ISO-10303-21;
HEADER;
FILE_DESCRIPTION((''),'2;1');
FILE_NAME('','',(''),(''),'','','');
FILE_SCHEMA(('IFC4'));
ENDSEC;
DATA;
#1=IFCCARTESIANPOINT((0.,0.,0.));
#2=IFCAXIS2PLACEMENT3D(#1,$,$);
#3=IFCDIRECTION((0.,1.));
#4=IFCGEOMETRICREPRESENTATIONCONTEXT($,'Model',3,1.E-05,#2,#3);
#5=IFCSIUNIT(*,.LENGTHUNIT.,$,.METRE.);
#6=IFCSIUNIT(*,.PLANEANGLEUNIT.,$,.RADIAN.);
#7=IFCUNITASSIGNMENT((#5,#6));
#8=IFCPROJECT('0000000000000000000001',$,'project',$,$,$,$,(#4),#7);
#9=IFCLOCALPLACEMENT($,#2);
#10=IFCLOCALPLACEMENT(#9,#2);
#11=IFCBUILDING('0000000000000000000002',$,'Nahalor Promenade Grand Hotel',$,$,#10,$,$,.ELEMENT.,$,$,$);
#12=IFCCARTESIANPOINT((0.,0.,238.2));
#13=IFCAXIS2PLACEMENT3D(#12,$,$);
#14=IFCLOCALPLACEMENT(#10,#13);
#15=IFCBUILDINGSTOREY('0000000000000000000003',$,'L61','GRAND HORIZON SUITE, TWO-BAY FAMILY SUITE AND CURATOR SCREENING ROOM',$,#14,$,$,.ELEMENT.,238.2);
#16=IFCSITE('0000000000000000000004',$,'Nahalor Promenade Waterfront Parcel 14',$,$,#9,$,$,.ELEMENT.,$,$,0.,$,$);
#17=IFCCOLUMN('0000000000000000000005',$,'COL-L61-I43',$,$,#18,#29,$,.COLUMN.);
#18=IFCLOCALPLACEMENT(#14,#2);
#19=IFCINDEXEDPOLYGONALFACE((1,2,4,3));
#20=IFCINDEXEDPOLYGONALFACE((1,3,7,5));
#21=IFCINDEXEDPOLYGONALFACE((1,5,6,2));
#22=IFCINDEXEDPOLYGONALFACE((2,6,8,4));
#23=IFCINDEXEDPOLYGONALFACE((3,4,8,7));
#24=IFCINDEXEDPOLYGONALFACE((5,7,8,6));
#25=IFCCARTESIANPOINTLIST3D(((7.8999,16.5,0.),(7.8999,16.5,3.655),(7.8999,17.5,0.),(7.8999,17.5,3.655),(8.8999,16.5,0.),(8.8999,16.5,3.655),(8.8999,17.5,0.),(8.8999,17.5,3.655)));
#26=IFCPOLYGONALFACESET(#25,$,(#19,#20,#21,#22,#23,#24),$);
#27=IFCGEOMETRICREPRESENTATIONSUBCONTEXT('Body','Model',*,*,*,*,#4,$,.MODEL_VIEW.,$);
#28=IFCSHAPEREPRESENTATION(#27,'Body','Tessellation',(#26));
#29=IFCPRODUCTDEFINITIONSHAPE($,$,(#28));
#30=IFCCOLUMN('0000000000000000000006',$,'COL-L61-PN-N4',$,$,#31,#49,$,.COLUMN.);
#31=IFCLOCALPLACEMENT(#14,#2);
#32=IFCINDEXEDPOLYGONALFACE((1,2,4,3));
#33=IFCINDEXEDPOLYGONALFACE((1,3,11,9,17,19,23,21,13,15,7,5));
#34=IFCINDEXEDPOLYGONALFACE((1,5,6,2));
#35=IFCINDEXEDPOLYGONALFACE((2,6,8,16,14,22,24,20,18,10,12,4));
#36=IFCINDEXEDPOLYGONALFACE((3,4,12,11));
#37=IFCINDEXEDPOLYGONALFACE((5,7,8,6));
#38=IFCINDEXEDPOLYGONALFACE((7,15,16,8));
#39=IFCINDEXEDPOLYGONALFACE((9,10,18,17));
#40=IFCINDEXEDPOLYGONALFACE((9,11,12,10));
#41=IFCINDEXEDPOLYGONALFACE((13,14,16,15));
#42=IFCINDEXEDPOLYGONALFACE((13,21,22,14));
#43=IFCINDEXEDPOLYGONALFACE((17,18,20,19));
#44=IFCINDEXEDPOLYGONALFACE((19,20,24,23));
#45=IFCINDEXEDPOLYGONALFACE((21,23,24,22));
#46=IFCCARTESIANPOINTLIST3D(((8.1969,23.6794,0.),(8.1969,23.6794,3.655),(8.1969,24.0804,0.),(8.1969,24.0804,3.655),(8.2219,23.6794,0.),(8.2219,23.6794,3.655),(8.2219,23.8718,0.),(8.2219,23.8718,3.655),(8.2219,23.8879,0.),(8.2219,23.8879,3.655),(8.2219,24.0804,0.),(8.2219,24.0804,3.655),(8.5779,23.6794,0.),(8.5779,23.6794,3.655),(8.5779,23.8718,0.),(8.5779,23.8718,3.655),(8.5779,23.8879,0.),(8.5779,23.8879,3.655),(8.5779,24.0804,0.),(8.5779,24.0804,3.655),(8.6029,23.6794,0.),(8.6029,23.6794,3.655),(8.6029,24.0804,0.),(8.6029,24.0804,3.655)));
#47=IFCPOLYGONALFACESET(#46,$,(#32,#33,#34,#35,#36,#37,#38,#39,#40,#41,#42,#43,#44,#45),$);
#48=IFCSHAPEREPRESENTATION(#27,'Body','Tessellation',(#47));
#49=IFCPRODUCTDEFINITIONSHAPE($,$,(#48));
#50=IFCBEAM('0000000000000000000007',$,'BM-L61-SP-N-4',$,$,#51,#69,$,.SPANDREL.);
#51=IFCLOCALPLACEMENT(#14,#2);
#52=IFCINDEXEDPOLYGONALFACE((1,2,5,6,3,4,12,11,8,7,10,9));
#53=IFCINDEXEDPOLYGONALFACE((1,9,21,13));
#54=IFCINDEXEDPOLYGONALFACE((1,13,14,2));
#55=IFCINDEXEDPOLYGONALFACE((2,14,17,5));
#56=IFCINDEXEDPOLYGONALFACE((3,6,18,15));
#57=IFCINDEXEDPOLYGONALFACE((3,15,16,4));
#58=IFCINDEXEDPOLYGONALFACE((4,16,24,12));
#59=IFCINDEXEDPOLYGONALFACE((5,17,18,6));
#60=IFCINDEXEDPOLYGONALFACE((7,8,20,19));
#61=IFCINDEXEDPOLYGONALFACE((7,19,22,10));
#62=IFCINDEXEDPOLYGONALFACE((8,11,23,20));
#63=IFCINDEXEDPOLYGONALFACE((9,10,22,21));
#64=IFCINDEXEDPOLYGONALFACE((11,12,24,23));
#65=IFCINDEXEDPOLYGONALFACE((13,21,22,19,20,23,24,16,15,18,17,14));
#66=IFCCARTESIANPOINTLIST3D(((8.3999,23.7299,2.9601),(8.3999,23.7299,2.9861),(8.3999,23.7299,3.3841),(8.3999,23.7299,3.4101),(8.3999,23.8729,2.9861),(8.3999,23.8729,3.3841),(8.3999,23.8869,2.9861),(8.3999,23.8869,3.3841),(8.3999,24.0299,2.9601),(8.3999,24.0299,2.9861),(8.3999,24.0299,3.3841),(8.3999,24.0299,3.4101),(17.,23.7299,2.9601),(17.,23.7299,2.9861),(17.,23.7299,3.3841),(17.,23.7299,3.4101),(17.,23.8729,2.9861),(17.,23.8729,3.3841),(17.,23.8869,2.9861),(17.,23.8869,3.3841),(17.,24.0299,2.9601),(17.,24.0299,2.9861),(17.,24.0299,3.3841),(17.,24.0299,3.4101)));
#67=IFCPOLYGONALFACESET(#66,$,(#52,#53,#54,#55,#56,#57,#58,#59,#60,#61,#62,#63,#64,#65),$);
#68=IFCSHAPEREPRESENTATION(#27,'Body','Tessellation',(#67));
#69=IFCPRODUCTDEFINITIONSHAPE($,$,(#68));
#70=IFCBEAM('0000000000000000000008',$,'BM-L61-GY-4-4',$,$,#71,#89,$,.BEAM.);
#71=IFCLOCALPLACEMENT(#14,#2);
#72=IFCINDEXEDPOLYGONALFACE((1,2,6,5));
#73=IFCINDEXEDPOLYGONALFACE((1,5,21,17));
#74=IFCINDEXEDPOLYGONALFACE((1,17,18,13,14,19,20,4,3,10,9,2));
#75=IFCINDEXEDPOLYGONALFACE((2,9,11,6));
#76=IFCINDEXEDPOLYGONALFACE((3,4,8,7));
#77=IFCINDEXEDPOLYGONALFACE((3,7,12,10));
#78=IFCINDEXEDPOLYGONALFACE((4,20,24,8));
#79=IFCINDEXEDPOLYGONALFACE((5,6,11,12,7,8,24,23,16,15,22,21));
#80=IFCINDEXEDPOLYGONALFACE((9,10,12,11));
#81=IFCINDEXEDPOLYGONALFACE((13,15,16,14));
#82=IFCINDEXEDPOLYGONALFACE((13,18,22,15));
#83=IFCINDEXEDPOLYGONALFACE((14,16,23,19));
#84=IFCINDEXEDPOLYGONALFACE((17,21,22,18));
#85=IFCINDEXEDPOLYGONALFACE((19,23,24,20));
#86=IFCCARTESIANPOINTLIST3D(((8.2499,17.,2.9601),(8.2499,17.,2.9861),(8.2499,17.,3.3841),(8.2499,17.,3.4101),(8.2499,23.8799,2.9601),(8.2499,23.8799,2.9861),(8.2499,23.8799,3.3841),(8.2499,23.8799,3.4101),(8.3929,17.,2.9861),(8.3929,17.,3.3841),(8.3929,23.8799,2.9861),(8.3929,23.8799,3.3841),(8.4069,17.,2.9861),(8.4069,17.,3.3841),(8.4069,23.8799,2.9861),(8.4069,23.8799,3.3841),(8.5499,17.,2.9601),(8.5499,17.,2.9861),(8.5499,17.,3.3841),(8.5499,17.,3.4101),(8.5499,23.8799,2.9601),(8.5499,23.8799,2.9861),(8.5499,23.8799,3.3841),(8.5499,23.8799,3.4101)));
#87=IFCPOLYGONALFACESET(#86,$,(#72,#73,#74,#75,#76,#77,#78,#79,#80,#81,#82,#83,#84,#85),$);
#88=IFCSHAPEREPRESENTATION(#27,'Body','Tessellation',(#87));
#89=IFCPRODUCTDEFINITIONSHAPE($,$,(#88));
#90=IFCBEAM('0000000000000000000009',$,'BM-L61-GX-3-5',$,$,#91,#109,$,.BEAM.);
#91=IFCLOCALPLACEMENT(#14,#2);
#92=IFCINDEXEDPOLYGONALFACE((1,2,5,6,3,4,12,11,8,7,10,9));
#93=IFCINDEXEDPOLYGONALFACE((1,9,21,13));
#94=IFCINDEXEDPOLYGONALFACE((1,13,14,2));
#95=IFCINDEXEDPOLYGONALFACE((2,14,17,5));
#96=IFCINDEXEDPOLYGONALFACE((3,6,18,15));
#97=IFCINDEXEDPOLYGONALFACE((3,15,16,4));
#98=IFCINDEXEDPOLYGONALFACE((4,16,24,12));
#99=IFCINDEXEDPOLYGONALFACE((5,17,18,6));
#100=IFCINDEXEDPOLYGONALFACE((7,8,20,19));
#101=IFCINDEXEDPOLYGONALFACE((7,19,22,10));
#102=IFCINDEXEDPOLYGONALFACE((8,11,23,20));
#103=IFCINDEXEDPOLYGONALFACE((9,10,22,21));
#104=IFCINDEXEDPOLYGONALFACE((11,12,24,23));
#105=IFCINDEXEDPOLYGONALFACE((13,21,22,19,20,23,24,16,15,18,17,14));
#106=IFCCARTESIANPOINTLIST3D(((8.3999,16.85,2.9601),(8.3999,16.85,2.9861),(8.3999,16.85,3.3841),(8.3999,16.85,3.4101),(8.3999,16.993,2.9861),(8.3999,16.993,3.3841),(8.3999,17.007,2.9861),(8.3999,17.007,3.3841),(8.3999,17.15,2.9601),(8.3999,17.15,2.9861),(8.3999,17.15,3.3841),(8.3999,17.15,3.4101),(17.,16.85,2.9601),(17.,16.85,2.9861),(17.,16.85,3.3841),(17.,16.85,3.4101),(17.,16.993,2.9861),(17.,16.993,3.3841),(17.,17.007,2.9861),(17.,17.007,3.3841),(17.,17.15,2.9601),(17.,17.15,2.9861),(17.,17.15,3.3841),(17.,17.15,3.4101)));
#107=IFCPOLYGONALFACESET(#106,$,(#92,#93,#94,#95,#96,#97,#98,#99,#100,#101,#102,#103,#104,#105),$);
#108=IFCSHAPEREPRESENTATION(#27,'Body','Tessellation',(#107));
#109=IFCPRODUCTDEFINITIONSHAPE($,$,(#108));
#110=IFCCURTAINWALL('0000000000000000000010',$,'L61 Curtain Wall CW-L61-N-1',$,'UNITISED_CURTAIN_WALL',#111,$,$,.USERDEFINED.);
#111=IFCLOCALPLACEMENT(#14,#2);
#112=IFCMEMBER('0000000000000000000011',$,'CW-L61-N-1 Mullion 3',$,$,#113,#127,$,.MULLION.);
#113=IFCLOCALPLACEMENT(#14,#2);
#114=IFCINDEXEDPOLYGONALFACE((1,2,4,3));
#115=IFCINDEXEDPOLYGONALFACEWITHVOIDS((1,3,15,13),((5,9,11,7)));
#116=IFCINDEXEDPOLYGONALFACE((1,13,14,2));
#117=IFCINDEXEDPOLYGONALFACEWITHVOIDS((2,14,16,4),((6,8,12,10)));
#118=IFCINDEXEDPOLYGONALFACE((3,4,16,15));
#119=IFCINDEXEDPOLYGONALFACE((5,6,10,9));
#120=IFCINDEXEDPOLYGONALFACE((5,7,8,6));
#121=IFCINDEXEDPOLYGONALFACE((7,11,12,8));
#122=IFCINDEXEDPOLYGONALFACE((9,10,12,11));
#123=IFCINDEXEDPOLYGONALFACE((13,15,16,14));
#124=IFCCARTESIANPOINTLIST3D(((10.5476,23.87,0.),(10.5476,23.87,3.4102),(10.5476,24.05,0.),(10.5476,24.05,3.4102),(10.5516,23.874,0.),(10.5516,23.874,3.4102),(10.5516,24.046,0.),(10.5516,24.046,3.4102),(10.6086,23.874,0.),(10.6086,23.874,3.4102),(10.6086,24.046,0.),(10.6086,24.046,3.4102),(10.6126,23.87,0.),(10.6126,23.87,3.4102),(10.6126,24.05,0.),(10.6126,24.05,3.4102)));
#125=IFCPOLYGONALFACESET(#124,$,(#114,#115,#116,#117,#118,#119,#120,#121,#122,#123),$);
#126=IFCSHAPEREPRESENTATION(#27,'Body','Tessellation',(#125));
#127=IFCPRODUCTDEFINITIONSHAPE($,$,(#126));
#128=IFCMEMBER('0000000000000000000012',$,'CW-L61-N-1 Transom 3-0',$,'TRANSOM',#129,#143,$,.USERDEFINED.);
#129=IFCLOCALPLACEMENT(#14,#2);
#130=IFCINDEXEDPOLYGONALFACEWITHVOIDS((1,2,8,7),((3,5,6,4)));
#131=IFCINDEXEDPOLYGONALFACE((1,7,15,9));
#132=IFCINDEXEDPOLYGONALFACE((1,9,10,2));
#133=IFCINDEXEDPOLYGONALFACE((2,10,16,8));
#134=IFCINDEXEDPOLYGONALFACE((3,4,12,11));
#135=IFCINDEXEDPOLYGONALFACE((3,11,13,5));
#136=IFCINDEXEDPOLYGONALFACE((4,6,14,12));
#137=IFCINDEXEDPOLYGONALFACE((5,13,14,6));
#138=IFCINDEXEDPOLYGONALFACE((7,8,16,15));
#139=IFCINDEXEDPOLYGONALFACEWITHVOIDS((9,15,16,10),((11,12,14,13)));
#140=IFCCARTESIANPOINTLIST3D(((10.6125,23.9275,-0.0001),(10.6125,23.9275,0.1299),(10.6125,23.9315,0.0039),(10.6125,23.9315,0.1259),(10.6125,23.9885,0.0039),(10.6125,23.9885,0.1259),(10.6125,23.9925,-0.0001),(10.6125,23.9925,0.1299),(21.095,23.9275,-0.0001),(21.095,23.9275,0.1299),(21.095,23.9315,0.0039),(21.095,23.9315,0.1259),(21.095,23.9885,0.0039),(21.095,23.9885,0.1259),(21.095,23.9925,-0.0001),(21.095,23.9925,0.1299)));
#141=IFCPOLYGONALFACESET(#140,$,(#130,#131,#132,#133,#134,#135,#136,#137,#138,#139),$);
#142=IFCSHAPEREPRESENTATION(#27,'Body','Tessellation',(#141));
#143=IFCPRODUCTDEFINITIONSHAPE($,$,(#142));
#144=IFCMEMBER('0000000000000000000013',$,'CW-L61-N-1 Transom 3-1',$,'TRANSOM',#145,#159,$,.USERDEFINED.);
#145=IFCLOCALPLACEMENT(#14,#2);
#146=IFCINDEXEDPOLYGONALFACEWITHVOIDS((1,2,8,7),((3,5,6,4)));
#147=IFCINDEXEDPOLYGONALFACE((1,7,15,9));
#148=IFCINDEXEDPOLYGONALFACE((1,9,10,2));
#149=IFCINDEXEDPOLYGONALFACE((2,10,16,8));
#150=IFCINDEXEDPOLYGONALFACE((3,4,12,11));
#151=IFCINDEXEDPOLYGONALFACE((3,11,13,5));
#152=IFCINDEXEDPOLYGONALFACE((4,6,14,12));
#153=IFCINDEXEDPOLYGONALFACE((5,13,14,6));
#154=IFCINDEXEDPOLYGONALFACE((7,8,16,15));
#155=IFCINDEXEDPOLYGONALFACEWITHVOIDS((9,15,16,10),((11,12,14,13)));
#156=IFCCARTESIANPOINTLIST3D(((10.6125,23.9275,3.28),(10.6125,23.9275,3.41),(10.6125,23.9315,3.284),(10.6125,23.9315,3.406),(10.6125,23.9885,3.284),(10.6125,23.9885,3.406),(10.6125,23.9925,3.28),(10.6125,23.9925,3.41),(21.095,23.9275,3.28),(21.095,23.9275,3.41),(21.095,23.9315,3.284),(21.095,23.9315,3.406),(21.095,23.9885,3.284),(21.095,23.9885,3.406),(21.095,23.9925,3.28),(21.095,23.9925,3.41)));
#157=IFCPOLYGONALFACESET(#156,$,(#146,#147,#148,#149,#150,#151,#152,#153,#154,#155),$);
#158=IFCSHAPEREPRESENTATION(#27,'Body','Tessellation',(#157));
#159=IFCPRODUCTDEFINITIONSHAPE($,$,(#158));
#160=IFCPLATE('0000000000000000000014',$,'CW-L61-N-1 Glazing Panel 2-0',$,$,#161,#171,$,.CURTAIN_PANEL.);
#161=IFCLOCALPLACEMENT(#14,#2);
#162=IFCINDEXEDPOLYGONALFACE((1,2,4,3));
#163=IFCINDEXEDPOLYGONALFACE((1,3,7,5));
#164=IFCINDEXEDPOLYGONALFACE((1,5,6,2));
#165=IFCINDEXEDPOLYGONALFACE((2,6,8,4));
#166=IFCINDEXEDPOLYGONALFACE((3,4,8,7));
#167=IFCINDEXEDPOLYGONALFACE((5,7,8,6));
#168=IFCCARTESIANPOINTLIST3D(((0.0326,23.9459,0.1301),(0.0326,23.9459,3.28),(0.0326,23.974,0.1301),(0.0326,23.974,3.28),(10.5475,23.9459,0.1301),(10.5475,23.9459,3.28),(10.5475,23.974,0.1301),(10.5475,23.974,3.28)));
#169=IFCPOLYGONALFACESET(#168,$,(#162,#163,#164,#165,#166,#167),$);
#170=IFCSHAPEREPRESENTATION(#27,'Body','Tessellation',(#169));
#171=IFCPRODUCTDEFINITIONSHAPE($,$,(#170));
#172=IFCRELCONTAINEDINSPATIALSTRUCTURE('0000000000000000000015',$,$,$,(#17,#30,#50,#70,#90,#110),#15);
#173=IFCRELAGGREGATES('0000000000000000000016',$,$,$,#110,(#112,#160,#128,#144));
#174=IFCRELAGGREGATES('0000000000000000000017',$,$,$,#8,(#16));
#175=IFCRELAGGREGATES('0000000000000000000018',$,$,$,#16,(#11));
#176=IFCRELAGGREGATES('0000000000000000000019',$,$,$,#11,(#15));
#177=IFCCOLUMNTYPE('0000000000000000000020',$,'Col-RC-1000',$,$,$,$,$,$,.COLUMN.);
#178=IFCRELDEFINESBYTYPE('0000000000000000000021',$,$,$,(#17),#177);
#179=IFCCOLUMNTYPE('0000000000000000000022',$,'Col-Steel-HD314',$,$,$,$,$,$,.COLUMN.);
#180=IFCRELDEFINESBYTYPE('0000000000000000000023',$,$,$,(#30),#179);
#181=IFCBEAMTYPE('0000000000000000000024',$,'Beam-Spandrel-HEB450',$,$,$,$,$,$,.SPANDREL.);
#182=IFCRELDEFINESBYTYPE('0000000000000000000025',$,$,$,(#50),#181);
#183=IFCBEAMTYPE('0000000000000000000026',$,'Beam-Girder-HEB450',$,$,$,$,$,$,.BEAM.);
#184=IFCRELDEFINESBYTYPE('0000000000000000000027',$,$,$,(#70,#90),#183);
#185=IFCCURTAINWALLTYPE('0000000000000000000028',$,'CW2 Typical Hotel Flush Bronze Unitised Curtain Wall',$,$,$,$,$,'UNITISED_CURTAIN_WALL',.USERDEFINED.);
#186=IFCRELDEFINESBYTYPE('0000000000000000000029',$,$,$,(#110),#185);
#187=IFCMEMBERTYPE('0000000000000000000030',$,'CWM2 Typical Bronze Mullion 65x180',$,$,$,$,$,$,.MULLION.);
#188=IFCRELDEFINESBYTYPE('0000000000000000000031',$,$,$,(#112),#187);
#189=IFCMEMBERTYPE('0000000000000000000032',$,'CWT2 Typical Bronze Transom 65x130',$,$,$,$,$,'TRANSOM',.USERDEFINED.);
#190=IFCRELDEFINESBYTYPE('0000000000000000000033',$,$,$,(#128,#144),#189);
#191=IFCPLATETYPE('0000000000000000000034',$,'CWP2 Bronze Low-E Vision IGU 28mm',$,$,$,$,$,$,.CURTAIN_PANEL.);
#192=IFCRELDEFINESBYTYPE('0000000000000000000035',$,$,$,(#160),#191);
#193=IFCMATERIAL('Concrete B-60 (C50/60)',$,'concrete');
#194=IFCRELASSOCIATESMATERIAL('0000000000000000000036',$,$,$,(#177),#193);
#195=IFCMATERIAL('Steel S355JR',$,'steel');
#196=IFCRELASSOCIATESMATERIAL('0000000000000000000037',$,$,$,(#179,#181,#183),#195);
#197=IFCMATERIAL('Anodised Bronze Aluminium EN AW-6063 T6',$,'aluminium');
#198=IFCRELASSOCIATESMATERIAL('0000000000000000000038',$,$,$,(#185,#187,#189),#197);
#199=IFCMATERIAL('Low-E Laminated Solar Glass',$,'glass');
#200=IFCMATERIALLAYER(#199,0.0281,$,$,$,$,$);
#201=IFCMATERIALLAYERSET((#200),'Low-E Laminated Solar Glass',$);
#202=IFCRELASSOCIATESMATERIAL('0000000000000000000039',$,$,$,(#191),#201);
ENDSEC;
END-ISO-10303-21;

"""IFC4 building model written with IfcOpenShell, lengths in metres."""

from ifc_helpers import new_model, si_unit, direction, frame, origin, origin_2d, place, context, subcontext, project, spatial, rectangle, hollow_rectangle, i_section, extrude, source, transform, mapped, material, layer, layer_set, material_profile, profile_set, type_object, element, aggregate, save


model = new_model("IFC4")

# Units and contexts
model_context = context("Model", 3, precision=1e-05, world=origin(), true_north=direction((0.0, 1.0)))
body_context = subcontext(model_context, "Body", "Model", "MODEL_VIEW")
ifc_project = project(units=[si_unit("LENGTHUNIT", "METRE"), si_unit("PLANEANGLEUNIT", "RADIAN")], contexts=[model_context])

# Site, building, storey
site_placement = place(None, origin())
site = spatial("IfcSite", under=ifc_project, at=site_placement, Name="Nahalor Promenade Waterfront Parcel 14", CompositionType="ELEMENT", RefElevation=0.0)
building_placement = place(site_placement, origin())
building = spatial("IfcBuilding", under=site, at=building_placement, Name="Nahalor Promenade Grand Hotel", CompositionType="ELEMENT")
storey_placement = place(building_placement, frame((0.0, 0.0, 238.2)))
storey = spatial("IfcBuildingStorey", under=building, at=storey_placement, Name="L61", Description="GRAND HORIZON SUITE, TWO-BAY FAMILY SUITE AND CURATOR SCREENING ROOM", CompositionType="ELEMENT", Elevation=238.2)

# Columns
ifc_material_1 = material(Name="Concrete B-60 (C50/60)", Category="concrete")
ifc_material_profile_1 = material_profile(ifc_material_1, rectangle(XDim=1.0, YDim=1.0, at=origin_2d()), Name="RC 1000x1000")
ifc_profile_set_1 = profile_set([ifc_material_profile_1], Name="Concrete B-60 (C50/60)")
column_type_1 = type_object("IfcColumnType", Name="Col-RC-1000", PredefinedType="COLUMN", material=ifc_profile_set_1)
shared_shape_1 = source(origin(), body_context, "Body", "SweptSolid", [
    extrude(rectangle(XDim=1.0, YDim=1.0, at=origin_2d()), origin(), (0.0, 0.0, 1.0), 3.655),
])
column_1_placement = place(storey_placement, frame((8.3999, 17.0, 0.0), z_axis=(0.0, 0.0, 1.0), x_axis=(1.0, 0.0, 0.0)))
element("IfcColumn", 1, at=column_1_placement, inside=storey, type_object=column_type_1, Name="COL-L61-I43", PredefinedType="COLUMN", context=body_context, shape_type="MappedRepresentation", body=[
    mapped(shared_shape_1, transform((0.0, 0.0, 0.0), scale=1.0)),
])
ifc_material_2 = material(Name="Steel S355JR", Category="steel")
ifc_material_profile_2 = material_profile(ifc_material_2, i_section(OverallWidth=0.401, OverallDepth=0.406, WebThickness=0.0161, FlangeThickness=0.025, at=origin_2d()), Name="HD 400x314")
ifc_profile_set_2 = profile_set([ifc_material_profile_2], Name="Steel S355JR")
column_type_2 = type_object("IfcColumnType", Name="Col-Steel-HD314", PredefinedType="COLUMN", material=ifc_profile_set_2)
shared_shape_2 = source(origin(), body_context, "Body", "SweptSolid", [
    extrude(i_section(OverallWidth=0.401, OverallDepth=0.406, WebThickness=0.0161, FlangeThickness=0.025, at=origin_2d()), origin(), (0.0, 0.0, 1.0), 3.655),
])
column_2_placement = place(storey_placement, frame((8.3999, 23.8799, 0.0), z_axis=(0.0, 0.0, 1.0), x_axis=(0.0, 1.0, 0.0)))
element("IfcColumn", 2, at=column_2_placement, inside=storey, type_object=column_type_2, Name="COL-L61-PN-N4", PredefinedType="COLUMN", context=body_context, shape_type="MappedRepresentation", body=[
    mapped(shared_shape_2, transform((0.0, 0.0, 0.0), scale=1.0)),
])

# Beams
ifc_material_profile_3 = material_profile(ifc_material_2, i_section(OverallWidth=0.3, OverallDepth=0.45, WebThickness=0.014, FlangeThickness=0.026, at=origin_2d()), Name="HEB 450")
ifc_profile_set_3 = profile_set([ifc_material_profile_3], Name="Steel S355JR")
beam_type_1 = type_object("IfcBeamType", Name="Beam-Spandrel-HEB450", PredefinedType="SPANDREL", material=ifc_profile_set_3)
shared_shape_3 = source(origin(), body_context, "Body", "SweptSolid", [
    extrude(i_section(OverallWidth=0.3, OverallDepth=0.45, WebThickness=0.014, FlangeThickness=0.026, at=origin_2d()), origin(), (0.0, 0.0, 1.0), 8.6001),
])
beam_1_placement = place(storey_placement, frame((8.3999, 23.8799, 3.1851), z_axis=(1.0, 0.0, 0.0), x_axis=(0.0, 1.0, 0.0)))
element("IfcBeam", 3, at=beam_1_placement, inside=storey, type_object=beam_type_1, Name="BM-L61-SP-N-4", PredefinedType="SPANDREL", context=body_context, shape_type="MappedRepresentation", body=[
    mapped(shared_shape_3, transform((0.0, 0.0, 0.0), scale=1.0)),
])
ifc_material_profile_4 = material_profile(ifc_material_2, i_section(OverallWidth=0.3, OverallDepth=0.45, WebThickness=0.014, FlangeThickness=0.026, at=origin_2d()), Name="HEB 450")
ifc_profile_set_4 = profile_set([ifc_material_profile_4], Name="Steel S355JR")
beam_type_2 = type_object("IfcBeamType", Name="Beam-Girder-HEB450", PredefinedType="BEAM", material=ifc_profile_set_4)
shared_shape_4 = source(origin(), body_context, "Body", "SweptSolid", [
    extrude(i_section(OverallWidth=0.3, OverallDepth=0.45, WebThickness=0.014, FlangeThickness=0.026, at=origin_2d()), origin(), (0.0, 0.0, 1.0), 6.8799),
])
beam_2_placement = place(storey_placement, frame((8.3999, 17.0, 3.1851), z_axis=(0.0, 1.0, 0.0), x_axis=(-1.0, 0.0, 0.0)))
element("IfcBeam", 4, at=beam_2_placement, inside=storey, type_object=beam_type_2, Name="BM-L61-GY-4-4", PredefinedType="BEAM", context=body_context, shape_type="MappedRepresentation", body=[
    mapped(shared_shape_4, transform((0.0, 0.0, 0.0), scale=1.0)),
])
shared_shape_5 = source(origin(), body_context, "Body", "SweptSolid", [
    extrude(i_section(OverallWidth=0.3, OverallDepth=0.45, WebThickness=0.014, FlangeThickness=0.026, at=origin_2d()), origin(), (0.0, 0.0, 1.0), 8.6001),
])
beam_3_placement = place(storey_placement, frame((8.3999, 17.0, 3.1851), z_axis=(1.0, 0.0, 0.0), x_axis=(0.0, 1.0, 0.0)))
element("IfcBeam", 5, at=beam_3_placement, inside=storey, type_object=beam_type_2, Name="BM-L61-GX-3-5", PredefinedType="BEAM", context=body_context, shape_type="MappedRepresentation", body=[
    mapped(shared_shape_5, transform((0.0, 0.0, 0.0), scale=1.0)),
])

# Curtain wall, members, plate
ifc_material_3 = material(Name="Anodised Bronze Aluminium EN AW-6063 T6", Category="aluminium")
curtain_wall_type = type_object("IfcCurtainWallType", Name="CW2 Typical Hotel Flush Bronze Unitised Curtain Wall", ElementType="UNITISED_CURTAIN_WALL", PredefinedType="USERDEFINED", material=ifc_material_3)
curtain_wall_placement = place(storey_placement, origin())
curtain_wall = element("IfcCurtainWall", 6, at=curtain_wall_placement, inside=storey, type_object=curtain_wall_type, Name="L61 Curtain Wall CW-L61-N-1", ObjectType="UNITISED_CURTAIN_WALL", PredefinedType="USERDEFINED")
ifc_material_profile_5 = material_profile(ifc_material_3, hollow_rectangle(XDim=0.065, YDim=0.18, WallThickness=0.004, at=origin_2d()), Name="CWM 65x180x4")
ifc_profile_set_5 = profile_set([ifc_material_profile_5], Name="Anodised Bronze Aluminium EN AW-6063 T6")
member_type_1 = type_object("IfcMemberType", Name="CWM2 Typical Bronze Mullion 65x180", PredefinedType="MULLION", material=ifc_profile_set_5)
shared_shape_6 = source(origin(), body_context, "Body", "SweptSolid", [
    extrude(hollow_rectangle(XDim=0.065, YDim=0.18, WallThickness=0.004, at=origin_2d()), origin(), (0.0, 0.0, 1.0), 3.4102),
])
member_1_placement = place(storey_placement, frame((10.5801, 23.96, 0.0), z_axis=(0.0, 0.0, 1.0), x_axis=(1.0, 0.0, 0.0)))
member_1 = element("IfcMember", 7, at=member_1_placement, type_object=member_type_1, Name="CW-L61-N-1 Mullion 3", PredefinedType="MULLION", context=body_context, shape_type="MappedRepresentation", body=[
    mapped(shared_shape_6, transform((0.0, 0.0, 0.0), scale=1.0)),
])
ifc_material_profile_6 = material_profile(ifc_material_3, hollow_rectangle(XDim=0.065, YDim=0.13, WallThickness=0.004, at=origin_2d()), Name="CWT 65x130x4")
ifc_profile_set_6 = profile_set([ifc_material_profile_6], Name="Anodised Bronze Aluminium EN AW-6063 T6")
member_type_2 = type_object("IfcMemberType", Name="CWT2 Typical Bronze Transom 65x130", ElementType="TRANSOM", PredefinedType="USERDEFINED", material=ifc_profile_set_6)
shared_shape_7 = source(origin(), body_context, "Body", "SweptSolid", [
    extrude(hollow_rectangle(XDim=0.065, YDim=0.13, WallThickness=0.004, at=origin_2d()), origin(), (0.0, 0.0, 1.0), 10.4824),
])
member_2_placement = place(storey_placement, frame((10.6125, 23.96, 0.0649), z_axis=(1.0, 0.0, 0.0), x_axis=(0.0, 1.0, 0.0)))
member_2 = element("IfcMember", 8, at=member_2_placement, type_object=member_type_2, Name="CW-L61-N-1 Transom 3-0", ObjectType="TRANSOM", PredefinedType="USERDEFINED", context=body_context, shape_type="MappedRepresentation", body=[
    mapped(shared_shape_7, transform((0.0, 0.0, 0.0), scale=1.0)),
])
member_3_placement = place(storey_placement, frame((10.6125, 23.96, 3.345), z_axis=(1.0, 0.0, 0.0), x_axis=(0.0, 1.0, 0.0)))
member_3 = element("IfcMember", 9, at=member_3_placement, type_object=member_type_2, Name="CW-L61-N-1 Transom 3-1", ObjectType="TRANSOM", PredefinedType="USERDEFINED", context=body_context, shape_type="MappedRepresentation", body=[
    mapped(shared_shape_7, transform((0.0, 0.0, 0.0), scale=1.0)),
])
ifc_material_4 = material(Name="Low-E Laminated Solar Glass", Category="glass")
ifc_layer_1 = layer(ifc_material_4, 0.0281)
ifc_layer_set_1 = layer_set([ifc_layer_1], Name="Low-E Laminated Solar Glass")
plate_type = type_object("IfcPlateType", Name="CWP2 Bronze Low-E Vision IGU 28mm", PredefinedType="CURTAIN_PANEL", material=ifc_layer_set_1)
shared_shape_8 = source(origin(), body_context, "Body", "SweptSolid", [
    extrude(rectangle(XDim=10.5149, YDim=0.0281, at=origin_2d()), origin(), (0.0, 0.0, 1.0), 3.1499),
])
plate_placement = place(storey_placement, frame((5.29, 23.96, 0.1301), z_axis=(0.0, 0.0, 1.0), x_axis=(1.0, 0.0, 0.0)))
plate = element("IfcPlate", 10, at=plate_placement, type_object=plate_type, Name="CW-L61-N-1 Glazing Panel 2-0", PredefinedType="CURTAIN_PANEL", context=body_context, shape_type="MappedRepresentation", body=[
    mapped(shared_shape_8, transform((0.0, 0.0, 0.0), scale=1.0)),
])
aggregate(curtain_wall, [member_1, plate, member_2, member_3])

save(model, "model.ifc")
